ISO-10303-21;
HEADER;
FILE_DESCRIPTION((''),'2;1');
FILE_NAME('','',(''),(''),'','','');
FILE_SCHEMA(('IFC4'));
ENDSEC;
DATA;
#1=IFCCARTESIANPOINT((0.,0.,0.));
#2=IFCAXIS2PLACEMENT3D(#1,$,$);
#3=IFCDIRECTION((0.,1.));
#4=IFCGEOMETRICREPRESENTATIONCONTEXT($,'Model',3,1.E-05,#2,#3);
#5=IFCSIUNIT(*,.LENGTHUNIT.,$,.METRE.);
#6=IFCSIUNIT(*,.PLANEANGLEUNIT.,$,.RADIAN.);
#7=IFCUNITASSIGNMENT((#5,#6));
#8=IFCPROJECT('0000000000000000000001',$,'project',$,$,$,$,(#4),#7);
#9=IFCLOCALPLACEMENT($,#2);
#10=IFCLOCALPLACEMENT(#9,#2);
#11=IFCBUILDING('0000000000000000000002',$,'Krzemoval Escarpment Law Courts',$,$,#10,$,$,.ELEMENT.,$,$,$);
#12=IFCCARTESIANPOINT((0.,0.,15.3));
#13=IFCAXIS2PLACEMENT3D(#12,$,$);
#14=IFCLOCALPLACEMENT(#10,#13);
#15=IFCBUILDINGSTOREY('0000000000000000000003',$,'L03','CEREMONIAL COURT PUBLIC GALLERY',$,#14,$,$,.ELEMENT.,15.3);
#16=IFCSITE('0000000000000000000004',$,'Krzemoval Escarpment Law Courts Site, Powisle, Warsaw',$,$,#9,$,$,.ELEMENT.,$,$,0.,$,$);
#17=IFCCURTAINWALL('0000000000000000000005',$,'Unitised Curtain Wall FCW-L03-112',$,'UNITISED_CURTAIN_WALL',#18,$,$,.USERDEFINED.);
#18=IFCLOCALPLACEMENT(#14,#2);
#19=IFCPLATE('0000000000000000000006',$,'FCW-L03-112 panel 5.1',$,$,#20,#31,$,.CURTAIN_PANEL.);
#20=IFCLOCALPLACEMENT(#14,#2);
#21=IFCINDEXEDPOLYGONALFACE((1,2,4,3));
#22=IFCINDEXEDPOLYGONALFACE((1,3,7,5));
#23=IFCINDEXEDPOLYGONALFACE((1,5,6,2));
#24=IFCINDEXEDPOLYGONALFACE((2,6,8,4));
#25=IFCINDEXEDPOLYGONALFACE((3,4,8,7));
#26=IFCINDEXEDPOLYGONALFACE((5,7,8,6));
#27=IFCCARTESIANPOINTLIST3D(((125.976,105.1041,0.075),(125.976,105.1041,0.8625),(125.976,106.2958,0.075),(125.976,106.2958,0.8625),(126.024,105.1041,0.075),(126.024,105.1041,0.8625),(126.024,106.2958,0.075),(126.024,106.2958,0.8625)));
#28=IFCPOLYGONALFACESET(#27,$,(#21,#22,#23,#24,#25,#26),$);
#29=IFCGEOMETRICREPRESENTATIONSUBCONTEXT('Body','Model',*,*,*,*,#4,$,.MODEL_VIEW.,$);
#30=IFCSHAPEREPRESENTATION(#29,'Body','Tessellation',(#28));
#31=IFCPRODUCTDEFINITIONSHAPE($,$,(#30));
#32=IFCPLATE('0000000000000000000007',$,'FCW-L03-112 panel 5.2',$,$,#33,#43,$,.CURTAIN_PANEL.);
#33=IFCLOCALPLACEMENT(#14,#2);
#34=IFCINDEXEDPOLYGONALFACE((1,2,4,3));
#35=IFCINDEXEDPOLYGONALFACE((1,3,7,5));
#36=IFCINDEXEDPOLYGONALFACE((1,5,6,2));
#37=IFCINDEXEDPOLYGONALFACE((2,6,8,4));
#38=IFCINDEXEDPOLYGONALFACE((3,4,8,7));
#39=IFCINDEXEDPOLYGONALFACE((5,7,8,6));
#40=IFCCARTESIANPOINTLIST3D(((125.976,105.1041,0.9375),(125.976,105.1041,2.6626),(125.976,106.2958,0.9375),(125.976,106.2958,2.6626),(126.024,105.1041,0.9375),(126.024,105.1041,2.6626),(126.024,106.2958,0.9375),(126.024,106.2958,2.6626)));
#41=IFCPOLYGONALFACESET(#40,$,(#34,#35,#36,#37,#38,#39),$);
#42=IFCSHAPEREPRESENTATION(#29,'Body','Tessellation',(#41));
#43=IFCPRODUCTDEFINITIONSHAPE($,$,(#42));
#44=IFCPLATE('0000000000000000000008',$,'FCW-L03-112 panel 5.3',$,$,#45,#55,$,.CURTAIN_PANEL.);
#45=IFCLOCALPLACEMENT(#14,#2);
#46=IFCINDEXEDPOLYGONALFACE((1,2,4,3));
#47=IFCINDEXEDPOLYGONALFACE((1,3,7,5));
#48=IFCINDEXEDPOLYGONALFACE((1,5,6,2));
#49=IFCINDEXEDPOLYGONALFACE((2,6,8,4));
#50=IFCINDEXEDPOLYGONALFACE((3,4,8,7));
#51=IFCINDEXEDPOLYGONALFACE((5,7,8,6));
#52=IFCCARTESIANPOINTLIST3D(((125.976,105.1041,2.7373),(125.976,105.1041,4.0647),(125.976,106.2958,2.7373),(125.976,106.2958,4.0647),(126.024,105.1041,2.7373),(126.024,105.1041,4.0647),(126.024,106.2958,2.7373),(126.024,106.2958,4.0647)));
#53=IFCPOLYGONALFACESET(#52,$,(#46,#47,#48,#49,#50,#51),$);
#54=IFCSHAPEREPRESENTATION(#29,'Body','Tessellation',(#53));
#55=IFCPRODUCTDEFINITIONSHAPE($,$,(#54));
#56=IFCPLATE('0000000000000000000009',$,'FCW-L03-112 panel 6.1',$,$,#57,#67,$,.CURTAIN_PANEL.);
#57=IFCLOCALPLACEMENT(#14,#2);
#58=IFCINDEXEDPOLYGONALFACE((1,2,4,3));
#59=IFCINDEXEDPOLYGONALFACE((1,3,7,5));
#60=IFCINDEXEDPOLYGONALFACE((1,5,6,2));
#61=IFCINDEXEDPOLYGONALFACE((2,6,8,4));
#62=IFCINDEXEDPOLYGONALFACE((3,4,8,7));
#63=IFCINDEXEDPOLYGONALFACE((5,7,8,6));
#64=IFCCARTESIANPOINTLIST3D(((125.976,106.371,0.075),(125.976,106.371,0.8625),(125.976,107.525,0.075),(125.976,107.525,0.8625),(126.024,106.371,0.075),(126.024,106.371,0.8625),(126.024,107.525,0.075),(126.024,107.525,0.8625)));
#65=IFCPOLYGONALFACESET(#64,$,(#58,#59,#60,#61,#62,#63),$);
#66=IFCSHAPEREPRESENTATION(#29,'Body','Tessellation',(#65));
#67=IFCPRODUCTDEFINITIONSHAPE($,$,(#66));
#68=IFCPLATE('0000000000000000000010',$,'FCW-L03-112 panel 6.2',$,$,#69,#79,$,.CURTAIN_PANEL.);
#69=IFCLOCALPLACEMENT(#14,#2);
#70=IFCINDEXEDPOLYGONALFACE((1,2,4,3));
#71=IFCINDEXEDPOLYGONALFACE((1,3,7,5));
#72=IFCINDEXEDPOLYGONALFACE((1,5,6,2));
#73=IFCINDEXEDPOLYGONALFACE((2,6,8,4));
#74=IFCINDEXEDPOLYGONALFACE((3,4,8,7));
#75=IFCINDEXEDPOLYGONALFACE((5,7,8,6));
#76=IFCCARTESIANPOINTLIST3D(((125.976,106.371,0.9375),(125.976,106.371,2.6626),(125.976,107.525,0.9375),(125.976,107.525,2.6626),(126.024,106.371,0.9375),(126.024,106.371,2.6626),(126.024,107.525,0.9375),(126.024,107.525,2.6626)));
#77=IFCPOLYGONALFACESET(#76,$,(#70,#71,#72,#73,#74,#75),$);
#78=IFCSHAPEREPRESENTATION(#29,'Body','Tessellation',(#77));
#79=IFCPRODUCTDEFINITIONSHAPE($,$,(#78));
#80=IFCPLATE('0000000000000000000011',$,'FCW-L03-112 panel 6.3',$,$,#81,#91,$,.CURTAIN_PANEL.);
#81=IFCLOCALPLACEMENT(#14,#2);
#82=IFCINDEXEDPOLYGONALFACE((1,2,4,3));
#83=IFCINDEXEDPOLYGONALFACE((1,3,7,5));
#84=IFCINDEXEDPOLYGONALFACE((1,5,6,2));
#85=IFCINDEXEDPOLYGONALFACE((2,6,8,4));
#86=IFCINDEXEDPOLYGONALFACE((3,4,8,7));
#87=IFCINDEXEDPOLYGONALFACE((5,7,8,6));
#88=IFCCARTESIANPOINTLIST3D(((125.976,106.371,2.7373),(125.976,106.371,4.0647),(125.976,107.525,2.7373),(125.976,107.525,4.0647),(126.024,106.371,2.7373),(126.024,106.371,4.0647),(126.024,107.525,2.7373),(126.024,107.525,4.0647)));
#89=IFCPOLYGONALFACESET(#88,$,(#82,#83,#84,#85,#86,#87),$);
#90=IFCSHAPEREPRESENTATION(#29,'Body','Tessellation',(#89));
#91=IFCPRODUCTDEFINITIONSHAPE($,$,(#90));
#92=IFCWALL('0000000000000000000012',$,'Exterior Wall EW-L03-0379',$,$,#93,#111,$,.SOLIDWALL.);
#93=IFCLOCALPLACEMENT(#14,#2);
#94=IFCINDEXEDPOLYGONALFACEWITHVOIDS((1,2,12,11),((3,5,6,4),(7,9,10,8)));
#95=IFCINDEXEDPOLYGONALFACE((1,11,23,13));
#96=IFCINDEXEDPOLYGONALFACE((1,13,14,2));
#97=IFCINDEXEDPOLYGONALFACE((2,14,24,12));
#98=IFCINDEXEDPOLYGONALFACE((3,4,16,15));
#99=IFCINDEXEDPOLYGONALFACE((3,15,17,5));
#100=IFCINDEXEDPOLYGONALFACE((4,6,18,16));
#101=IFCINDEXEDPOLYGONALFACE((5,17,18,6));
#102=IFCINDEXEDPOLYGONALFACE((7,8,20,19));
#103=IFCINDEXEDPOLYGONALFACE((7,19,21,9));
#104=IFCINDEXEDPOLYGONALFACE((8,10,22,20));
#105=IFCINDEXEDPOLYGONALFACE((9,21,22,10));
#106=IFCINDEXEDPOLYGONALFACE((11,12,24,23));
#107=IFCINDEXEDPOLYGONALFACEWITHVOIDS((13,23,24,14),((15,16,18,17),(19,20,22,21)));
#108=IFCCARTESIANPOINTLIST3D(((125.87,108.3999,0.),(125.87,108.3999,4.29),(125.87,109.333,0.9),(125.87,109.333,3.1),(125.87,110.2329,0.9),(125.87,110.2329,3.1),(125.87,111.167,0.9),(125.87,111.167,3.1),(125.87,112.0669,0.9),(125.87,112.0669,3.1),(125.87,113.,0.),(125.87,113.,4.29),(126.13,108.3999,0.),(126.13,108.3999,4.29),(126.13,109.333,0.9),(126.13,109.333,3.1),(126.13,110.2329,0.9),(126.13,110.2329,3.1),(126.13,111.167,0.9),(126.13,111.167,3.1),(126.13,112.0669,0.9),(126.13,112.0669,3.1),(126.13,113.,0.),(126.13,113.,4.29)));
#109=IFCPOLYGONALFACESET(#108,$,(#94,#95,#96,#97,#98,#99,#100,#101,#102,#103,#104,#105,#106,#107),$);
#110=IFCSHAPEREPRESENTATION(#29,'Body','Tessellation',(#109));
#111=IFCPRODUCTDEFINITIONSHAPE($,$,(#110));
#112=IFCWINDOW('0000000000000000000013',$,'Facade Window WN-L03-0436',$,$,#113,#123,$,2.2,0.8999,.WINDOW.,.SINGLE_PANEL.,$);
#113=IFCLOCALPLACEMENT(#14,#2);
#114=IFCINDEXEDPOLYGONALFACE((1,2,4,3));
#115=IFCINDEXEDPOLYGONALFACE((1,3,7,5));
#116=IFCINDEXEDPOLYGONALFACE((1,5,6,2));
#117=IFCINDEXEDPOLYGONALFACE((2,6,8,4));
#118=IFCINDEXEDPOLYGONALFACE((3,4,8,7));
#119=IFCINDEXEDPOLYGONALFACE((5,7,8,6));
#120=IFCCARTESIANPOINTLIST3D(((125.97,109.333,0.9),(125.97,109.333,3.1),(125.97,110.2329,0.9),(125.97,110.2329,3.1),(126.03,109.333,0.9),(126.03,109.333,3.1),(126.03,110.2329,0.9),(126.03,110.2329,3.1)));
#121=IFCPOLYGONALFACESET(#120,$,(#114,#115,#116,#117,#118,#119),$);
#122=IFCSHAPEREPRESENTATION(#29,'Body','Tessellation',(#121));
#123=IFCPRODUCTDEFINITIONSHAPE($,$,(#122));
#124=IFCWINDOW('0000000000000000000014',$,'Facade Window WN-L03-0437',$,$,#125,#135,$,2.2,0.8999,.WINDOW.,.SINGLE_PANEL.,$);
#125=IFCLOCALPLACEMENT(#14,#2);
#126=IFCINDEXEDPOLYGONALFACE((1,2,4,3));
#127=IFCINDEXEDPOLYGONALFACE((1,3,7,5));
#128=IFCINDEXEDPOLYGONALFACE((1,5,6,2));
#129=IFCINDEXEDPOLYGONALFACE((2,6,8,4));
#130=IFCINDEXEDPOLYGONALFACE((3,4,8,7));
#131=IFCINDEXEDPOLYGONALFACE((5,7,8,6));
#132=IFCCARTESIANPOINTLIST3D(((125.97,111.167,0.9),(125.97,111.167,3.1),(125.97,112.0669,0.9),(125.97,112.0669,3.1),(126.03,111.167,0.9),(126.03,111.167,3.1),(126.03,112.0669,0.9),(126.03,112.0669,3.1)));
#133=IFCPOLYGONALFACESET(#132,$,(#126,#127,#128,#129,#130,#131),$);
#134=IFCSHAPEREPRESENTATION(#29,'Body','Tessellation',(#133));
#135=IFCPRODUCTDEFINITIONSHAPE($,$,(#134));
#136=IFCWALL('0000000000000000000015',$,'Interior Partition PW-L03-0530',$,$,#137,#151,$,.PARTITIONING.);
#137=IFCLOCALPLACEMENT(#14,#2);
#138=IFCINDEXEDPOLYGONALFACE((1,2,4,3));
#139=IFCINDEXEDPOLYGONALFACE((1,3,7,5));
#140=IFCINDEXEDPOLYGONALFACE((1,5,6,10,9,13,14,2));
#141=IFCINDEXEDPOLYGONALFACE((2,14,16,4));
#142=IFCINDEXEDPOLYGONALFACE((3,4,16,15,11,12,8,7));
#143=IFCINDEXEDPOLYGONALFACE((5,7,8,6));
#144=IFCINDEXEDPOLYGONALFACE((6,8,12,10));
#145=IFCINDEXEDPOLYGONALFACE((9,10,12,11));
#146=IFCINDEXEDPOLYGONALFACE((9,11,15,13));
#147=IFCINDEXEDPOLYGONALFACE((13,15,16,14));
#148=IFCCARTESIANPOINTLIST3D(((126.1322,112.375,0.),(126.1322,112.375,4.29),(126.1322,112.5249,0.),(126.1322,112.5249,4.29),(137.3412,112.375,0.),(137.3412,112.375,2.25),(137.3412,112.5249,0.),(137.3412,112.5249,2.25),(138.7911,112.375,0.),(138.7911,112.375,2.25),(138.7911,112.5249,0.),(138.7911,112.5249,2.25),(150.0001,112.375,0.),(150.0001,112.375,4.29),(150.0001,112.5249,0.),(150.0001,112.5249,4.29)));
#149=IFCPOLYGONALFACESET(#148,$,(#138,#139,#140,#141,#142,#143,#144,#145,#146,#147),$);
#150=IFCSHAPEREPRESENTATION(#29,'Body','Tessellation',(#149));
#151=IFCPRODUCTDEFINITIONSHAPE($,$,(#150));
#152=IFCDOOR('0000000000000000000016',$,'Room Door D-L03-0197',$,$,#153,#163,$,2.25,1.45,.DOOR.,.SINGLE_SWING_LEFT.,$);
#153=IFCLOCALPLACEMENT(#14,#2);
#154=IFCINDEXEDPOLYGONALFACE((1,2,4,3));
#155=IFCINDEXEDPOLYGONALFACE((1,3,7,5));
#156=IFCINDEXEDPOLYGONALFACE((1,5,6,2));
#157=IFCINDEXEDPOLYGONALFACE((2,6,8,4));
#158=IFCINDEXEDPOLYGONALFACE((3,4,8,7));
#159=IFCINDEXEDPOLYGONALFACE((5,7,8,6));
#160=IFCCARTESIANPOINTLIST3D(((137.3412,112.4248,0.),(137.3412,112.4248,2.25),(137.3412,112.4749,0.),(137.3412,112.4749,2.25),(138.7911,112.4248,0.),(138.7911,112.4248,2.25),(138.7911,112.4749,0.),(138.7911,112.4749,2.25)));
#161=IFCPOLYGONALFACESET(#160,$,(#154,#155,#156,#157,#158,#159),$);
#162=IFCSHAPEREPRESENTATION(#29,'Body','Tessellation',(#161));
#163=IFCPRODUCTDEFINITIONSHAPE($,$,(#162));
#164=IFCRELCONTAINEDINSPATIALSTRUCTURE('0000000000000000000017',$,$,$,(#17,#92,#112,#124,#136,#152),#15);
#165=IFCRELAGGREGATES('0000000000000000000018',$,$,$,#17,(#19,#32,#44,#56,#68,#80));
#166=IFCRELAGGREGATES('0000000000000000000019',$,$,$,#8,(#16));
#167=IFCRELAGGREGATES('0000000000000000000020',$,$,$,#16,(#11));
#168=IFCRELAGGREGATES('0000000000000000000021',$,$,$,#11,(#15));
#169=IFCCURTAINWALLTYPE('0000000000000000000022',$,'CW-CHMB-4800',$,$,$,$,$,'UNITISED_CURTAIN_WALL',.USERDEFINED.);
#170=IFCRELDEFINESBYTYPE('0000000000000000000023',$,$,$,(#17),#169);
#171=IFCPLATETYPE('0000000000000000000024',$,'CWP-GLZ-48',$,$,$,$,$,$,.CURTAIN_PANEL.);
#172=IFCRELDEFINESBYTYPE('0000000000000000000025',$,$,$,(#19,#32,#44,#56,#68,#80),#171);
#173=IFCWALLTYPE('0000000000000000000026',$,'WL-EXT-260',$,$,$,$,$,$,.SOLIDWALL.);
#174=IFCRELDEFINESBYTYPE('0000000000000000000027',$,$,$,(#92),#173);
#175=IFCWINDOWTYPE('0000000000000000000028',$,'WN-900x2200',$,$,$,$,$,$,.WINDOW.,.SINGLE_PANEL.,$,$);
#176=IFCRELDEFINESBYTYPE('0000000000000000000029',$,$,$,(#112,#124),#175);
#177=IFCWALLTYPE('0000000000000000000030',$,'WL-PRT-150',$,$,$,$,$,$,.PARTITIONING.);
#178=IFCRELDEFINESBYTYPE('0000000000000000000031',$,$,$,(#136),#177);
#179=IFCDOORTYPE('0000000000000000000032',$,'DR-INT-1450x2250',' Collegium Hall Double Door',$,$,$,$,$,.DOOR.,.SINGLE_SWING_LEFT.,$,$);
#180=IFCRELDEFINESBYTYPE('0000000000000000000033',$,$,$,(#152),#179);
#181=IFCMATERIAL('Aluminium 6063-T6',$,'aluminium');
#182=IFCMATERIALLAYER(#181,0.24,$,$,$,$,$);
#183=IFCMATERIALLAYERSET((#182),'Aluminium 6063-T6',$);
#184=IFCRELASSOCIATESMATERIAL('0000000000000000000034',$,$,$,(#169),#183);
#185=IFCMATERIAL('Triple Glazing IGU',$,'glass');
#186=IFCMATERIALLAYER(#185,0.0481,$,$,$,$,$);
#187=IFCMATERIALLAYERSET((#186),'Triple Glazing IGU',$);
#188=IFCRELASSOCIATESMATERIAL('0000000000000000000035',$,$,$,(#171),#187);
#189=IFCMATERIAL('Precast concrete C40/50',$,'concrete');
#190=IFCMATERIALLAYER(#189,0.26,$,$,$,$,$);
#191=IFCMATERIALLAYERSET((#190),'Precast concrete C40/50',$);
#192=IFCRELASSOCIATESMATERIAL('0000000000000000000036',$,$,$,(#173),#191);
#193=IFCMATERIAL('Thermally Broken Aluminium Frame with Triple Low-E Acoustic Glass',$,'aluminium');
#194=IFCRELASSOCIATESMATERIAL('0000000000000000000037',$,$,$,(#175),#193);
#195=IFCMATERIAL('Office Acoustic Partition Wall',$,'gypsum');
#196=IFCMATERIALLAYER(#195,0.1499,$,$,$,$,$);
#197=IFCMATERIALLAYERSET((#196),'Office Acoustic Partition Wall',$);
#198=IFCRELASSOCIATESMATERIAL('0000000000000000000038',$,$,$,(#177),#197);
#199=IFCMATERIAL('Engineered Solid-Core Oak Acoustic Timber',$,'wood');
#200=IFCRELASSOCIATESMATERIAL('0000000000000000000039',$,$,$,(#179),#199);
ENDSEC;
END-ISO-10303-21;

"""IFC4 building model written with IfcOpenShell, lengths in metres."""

from ifc_helpers import new_model, si_unit, direction, frame, frame_2d, origin, origin_2d, place, context, subcontext, project, spatial, rectangle, extrude, material, layer, layer_set, type_object, element, fill, aggregate, save


model = new_model("IFC4")

# Units and contexts
model_context = context("Model", 3, precision=1e-05, world=origin(), true_north=direction((0.0, 1.0)))
body_context = subcontext(model_context, "Body", "Model", "MODEL_VIEW")
ifc_project = project(units=[si_unit("LENGTHUNIT", "METRE"), si_unit("PLANEANGLEUNIT", "RADIAN")], contexts=[model_context])

# Site, building, storey
site_placement = place(None, origin())
site = spatial("IfcSite", under=ifc_project, at=site_placement, Name="Krzemoval Escarpment Law Courts Site, Powisle, Warsaw", CompositionType="ELEMENT", RefElevation=0.0)
building_placement = place(site_placement, origin())
building = spatial("IfcBuilding", under=site, at=building_placement, Name="Krzemoval Escarpment Law Courts", CompositionType="ELEMENT")
storey_placement = place(building_placement, frame((0.0, 0.0, 15.3)))
storey = spatial("IfcBuildingStorey", under=building, at=storey_placement, Name="L03", Description="CEREMONIAL COURT PUBLIC GALLERY", CompositionType="ELEMENT", Elevation=15.3)

# Curtain wall, plates
ifc_material_1 = material(Name="Aluminium 6063-T6", Category="aluminium")
ifc_layer_1 = layer(ifc_material_1, 0.24)
ifc_layer_set_1 = layer_set([ifc_layer_1], Name="Aluminium 6063-T6")
curtain_wall_type = type_object("IfcCurtainWallType", Name="CW-CHMB-4800", ElementType="UNITISED_CURTAIN_WALL", PredefinedType="USERDEFINED", material=ifc_layer_set_1)
curtain_wall_placement = place(storey_placement, origin())
curtain_wall = element("IfcCurtainWall", 1, at=curtain_wall_placement, inside=storey, type_object=curtain_wall_type, Name="Unitised Curtain Wall FCW-L03-112", ObjectType="UNITISED_CURTAIN_WALL", PredefinedType="USERDEFINED")
ifc_material_2 = material(Name="Triple Glazing IGU", Category="glass")
ifc_layer_2 = layer(ifc_material_2, 0.0481)
ifc_layer_set_2 = layer_set([ifc_layer_2], Name="Triple Glazing IGU")
plate_type = type_object("IfcPlateType", Name="CWP-GLZ-48", PredefinedType="CURTAIN_PANEL", material=ifc_layer_set_2)
plate_1_placement = place(storey_placement, frame((126.0, 105.7, 0.075), z_axis=(0.0, 0.0, 1.0), x_axis=(0.0, 1.0, 0.0)))
plate_1 = element("IfcPlate", 2, at=plate_1_placement, type_object=plate_type, Name="FCW-L03-112 panel 5.1", PredefinedType="CURTAIN_PANEL", context=body_context, shape_type="SweptSolid", body=[
    extrude(rectangle(XDim=1.1917, YDim=0.0481, at=origin_2d()), origin(), (0.0, 0.0, 1.0), 0.7876),
])
plate_2_placement = place(storey_placement, frame((126.0, 105.7, 0.9375), z_axis=(0.0, 0.0, 1.0), x_axis=(0.0, 1.0, 0.0)))
plate_2 = element("IfcPlate", 3, at=plate_2_placement, type_object=plate_type, Name="FCW-L03-112 panel 5.2", PredefinedType="CURTAIN_PANEL", context=body_context, shape_type="SweptSolid", body=[
    extrude(rectangle(XDim=1.1917, YDim=0.0481, at=origin_2d()), origin(), (0.0, 0.0, 1.0), 1.7251),
])
plate_3_placement = place(storey_placement, frame((126.0, 105.7, 2.7373), z_axis=(0.0, 0.0, 1.0), x_axis=(0.0, 1.0, 0.0)))
plate_3 = element("IfcPlate", 4, at=plate_3_placement, type_object=plate_type, Name="FCW-L03-112 panel 5.3", PredefinedType="CURTAIN_PANEL", context=body_context, shape_type="SweptSolid", body=[
    extrude(rectangle(XDim=1.1917, YDim=0.0481, at=origin_2d()), origin(), (0.0, 0.0, 1.0), 1.3274),
])
plate_4_placement = place(storey_placement, frame((126.0, 106.948, 0.075), z_axis=(0.0, 0.0, 1.0), x_axis=(0.0, 1.0, 0.0)))
plate_4 = element("IfcPlate", 5, at=plate_4_placement, type_object=plate_type, Name="FCW-L03-112 panel 6.1", PredefinedType="CURTAIN_PANEL", context=body_context, shape_type="SweptSolid", body=[
    extrude(rectangle(XDim=1.1541, YDim=0.0481, at=origin_2d()), origin(), (0.0, 0.0, 1.0), 0.7876),
])
plate_5_placement = place(storey_placement, frame((126.0, 106.948, 0.9375), z_axis=(0.0, 0.0, 1.0), x_axis=(0.0, 1.0, 0.0)))
plate_5 = element("IfcPlate", 6, at=plate_5_placement, type_object=plate_type, Name="FCW-L03-112 panel 6.2", PredefinedType="CURTAIN_PANEL", context=body_context, shape_type="SweptSolid", body=[
    extrude(rectangle(XDim=1.1541, YDim=0.0481, at=origin_2d()), origin(), (0.0, 0.0, 1.0), 1.7251),
])
plate_6_placement = place(storey_placement, frame((126.0, 106.948, 2.7373), z_axis=(0.0, 0.0, 1.0), x_axis=(0.0, 1.0, 0.0)))
plate_6 = element("IfcPlate", 7, at=plate_6_placement, type_object=plate_type, Name="FCW-L03-112 panel 6.3", PredefinedType="CURTAIN_PANEL", context=body_context, shape_type="SweptSolid", body=[
    extrude(rectangle(XDim=1.1541, YDim=0.0481, at=origin_2d()), origin(), (0.0, 0.0, 1.0), 1.3274),
])
aggregate(curtain_wall, [plate_1, plate_2, plate_3, plate_4, plate_5, plate_6])

# Wall, openings, windows
ifc_material_3 = material(Name="Precast concrete C40/50", Category="concrete")
ifc_layer_3 = layer(ifc_material_3, 0.26)
ifc_layer_set_3 = layer_set([ifc_layer_3], Name="Precast concrete C40/50")
wall_type_1 = type_object("IfcWallType", Name="WL-EXT-260", PredefinedType="SOLIDWALL", material=ifc_layer_set_3)
wall_1_placement = place(storey_placement, frame((126.0, 108.3999, 0.0), z_axis=(0.0, 0.0, 1.0), x_axis=(0.0, 1.0, 0.0)))
wall_1 = element("IfcWall", 8, at=wall_1_placement, inside=storey, type_object=wall_type_1, Name="Exterior Wall EW-L03-0379", PredefinedType="SOLIDWALL", context=body_context, shape_type="SweptSolid", body=[
    extrude(rectangle(XDim=4.6001, YDim=0.26, at=frame_2d((2.3, 0.0))), origin(), (0.0, 0.0, 1.0), 4.29),
])
opening_1_placement = place(wall_1_placement, frame((0.9331, 0.0, 0.8999)))
opening_1 = element("IfcOpeningElement", 9, at=opening_1_placement, cuts=wall_1, PredefinedType="OPENING", context=body_context, shape_type="SweptSolid", body=[
    extrude(rectangle(XDim=0.8999, YDim=2.2, at=frame_2d((0.45, 1.1001))), frame((0.0, 0.145, 0.0), z_axis=(0.0, -1.0, 0.0), x_axis=(1.0, 0.0, 0.0)), (0.0, 0.0, 1.0), 0.29),
])
opening_2_placement = place(wall_1_placement, frame((2.7671, 0.0, 0.8999)))
opening_2 = element("IfcOpeningElement", 10, at=opening_2_placement, cuts=wall_1, PredefinedType="OPENING", context=body_context, shape_type="SweptSolid", body=[
    extrude(rectangle(XDim=0.8999, YDim=2.2, at=frame_2d((0.45, 1.1001))), frame((0.0, 0.145, 0.0), z_axis=(0.0, -1.0, 0.0), x_axis=(1.0, 0.0, 0.0)), (0.0, 0.0, 1.0), 0.29),
])
ifc_material_4 = material(Name="Thermally Broken Aluminium Frame with Triple Low-E Acoustic Glass", Category="aluminium")
window_type = type_object("IfcWindowType", Name="WN-900x2200", PartitioningType="SINGLE_PANEL", PredefinedType="WINDOW", material=ifc_material_4)
window_1_placement = place(opening_1_placement, origin())
window_1 = element("IfcWindow", 11, at=window_1_placement, inside=storey, type_object=window_type, Name="Facade Window WN-L03-0436", OverallHeight=2.2, OverallWidth=0.8999, PartitioningType="SINGLE_PANEL", PredefinedType="WINDOW", context=body_context, shape_type="SweptSolid", body=[
    extrude(rectangle(XDim=0.8999, YDim=2.2, at=frame_2d((0.45, 1.1001))), frame((0.0, 0.03, 0.0), z_axis=(0.0, -1.0, 0.0), x_axis=(1.0, 0.0, 0.0)), (0.0, 0.0, 1.0), 0.0601),
])
fill(opening_1, window_1)
window_2_placement = place(opening_2_placement, origin())
window_2 = element("IfcWindow", 12, at=window_2_placement, inside=storey, type_object=window_type, Name="Facade Window WN-L03-0437", OverallHeight=2.2, OverallWidth=0.8999, PartitioningType="SINGLE_PANEL", PredefinedType="WINDOW", context=body_context, shape_type="SweptSolid", body=[
    extrude(rectangle(XDim=0.8999, YDim=2.2, at=frame_2d((0.45, 1.1001))), frame((0.0, 0.03, 0.0), z_axis=(0.0, -1.0, 0.0), x_axis=(1.0, 0.0, 0.0)), (0.0, 0.0, 1.0), 0.0601),
])
fill(opening_2, window_2)

# Wall, opening, door
ifc_material_5 = material(Name="Office Acoustic Partition Wall", Category="gypsum")
ifc_layer_4 = layer(ifc_material_5, 0.1499)
ifc_layer_set_4 = layer_set([ifc_layer_4], Name="Office Acoustic Partition Wall")
wall_type_2 = type_object("IfcWallType", Name="WL-PRT-150", PredefinedType="PARTITIONING", material=ifc_layer_set_4)
wall_2_placement = place(storey_placement, frame((126.1321, 112.45, 0.0), z_axis=(0.0, 0.0, 1.0), x_axis=(1.0, 0.0, 0.0)))
wall_2 = element("IfcWall", 13, at=wall_2_placement, inside=storey, type_object=wall_type_2, Name="Interior Partition PW-L03-0530", PredefinedType="PARTITIONING", context=body_context, shape_type="SweptSolid", body=[
    extrude(rectangle(XDim=23.8679, YDim=0.1499, at=frame_2d((11.9341, 0.0))), origin(), (0.0, 0.0, 1.0), 4.29),
])
opening_3_placement = place(wall_2_placement, frame((11.209, 0.0, 0.0)))
opening_3 = element("IfcOpeningElement", 14, at=opening_3_placement, cuts=wall_2, PredefinedType="OPENING", context=body_context, shape_type="SweptSolid", body=[
    extrude(rectangle(XDim=1.45, YDim=2.25, at=frame_2d((0.7251, 1.125))), frame((0.0, 0.09, 0.0), z_axis=(0.0, -1.0, 0.0), x_axis=(1.0, 0.0, 0.0)), (0.0, 0.0, 1.0), 0.1799),
])
ifc_material_6 = material(Name="Engineered Solid-Core Oak Acoustic Timber", Category="wood")
door_type = type_object("IfcDoorType", Name="DR-INT-1450x2250", Description=" Collegium Hall Double Door", OperationType="SINGLE_SWING_LEFT", PredefinedType="DOOR", material=ifc_material_6)
door_placement = place(opening_3_placement, origin())
door = element("IfcDoor", 15, at=door_placement, inside=storey, type_object=door_type, Name="Room Door D-L03-0197", OperationType="SINGLE_SWING_LEFT", OverallHeight=2.25, OverallWidth=1.45, PredefinedType="DOOR", context=body_context, shape_type="SweptSolid", body=[
    extrude(rectangle(XDim=1.45, YDim=2.25, at=frame_2d((0.7251, 1.125))), frame((0.0, 0.0249, 0.0), z_axis=(0.0, -1.0, 0.0), x_axis=(1.0, 0.0, 0.0)), (0.0, 0.0, 1.0), 0.05),
])
fill(opening_3, door)

save(model, "model.ifc")
